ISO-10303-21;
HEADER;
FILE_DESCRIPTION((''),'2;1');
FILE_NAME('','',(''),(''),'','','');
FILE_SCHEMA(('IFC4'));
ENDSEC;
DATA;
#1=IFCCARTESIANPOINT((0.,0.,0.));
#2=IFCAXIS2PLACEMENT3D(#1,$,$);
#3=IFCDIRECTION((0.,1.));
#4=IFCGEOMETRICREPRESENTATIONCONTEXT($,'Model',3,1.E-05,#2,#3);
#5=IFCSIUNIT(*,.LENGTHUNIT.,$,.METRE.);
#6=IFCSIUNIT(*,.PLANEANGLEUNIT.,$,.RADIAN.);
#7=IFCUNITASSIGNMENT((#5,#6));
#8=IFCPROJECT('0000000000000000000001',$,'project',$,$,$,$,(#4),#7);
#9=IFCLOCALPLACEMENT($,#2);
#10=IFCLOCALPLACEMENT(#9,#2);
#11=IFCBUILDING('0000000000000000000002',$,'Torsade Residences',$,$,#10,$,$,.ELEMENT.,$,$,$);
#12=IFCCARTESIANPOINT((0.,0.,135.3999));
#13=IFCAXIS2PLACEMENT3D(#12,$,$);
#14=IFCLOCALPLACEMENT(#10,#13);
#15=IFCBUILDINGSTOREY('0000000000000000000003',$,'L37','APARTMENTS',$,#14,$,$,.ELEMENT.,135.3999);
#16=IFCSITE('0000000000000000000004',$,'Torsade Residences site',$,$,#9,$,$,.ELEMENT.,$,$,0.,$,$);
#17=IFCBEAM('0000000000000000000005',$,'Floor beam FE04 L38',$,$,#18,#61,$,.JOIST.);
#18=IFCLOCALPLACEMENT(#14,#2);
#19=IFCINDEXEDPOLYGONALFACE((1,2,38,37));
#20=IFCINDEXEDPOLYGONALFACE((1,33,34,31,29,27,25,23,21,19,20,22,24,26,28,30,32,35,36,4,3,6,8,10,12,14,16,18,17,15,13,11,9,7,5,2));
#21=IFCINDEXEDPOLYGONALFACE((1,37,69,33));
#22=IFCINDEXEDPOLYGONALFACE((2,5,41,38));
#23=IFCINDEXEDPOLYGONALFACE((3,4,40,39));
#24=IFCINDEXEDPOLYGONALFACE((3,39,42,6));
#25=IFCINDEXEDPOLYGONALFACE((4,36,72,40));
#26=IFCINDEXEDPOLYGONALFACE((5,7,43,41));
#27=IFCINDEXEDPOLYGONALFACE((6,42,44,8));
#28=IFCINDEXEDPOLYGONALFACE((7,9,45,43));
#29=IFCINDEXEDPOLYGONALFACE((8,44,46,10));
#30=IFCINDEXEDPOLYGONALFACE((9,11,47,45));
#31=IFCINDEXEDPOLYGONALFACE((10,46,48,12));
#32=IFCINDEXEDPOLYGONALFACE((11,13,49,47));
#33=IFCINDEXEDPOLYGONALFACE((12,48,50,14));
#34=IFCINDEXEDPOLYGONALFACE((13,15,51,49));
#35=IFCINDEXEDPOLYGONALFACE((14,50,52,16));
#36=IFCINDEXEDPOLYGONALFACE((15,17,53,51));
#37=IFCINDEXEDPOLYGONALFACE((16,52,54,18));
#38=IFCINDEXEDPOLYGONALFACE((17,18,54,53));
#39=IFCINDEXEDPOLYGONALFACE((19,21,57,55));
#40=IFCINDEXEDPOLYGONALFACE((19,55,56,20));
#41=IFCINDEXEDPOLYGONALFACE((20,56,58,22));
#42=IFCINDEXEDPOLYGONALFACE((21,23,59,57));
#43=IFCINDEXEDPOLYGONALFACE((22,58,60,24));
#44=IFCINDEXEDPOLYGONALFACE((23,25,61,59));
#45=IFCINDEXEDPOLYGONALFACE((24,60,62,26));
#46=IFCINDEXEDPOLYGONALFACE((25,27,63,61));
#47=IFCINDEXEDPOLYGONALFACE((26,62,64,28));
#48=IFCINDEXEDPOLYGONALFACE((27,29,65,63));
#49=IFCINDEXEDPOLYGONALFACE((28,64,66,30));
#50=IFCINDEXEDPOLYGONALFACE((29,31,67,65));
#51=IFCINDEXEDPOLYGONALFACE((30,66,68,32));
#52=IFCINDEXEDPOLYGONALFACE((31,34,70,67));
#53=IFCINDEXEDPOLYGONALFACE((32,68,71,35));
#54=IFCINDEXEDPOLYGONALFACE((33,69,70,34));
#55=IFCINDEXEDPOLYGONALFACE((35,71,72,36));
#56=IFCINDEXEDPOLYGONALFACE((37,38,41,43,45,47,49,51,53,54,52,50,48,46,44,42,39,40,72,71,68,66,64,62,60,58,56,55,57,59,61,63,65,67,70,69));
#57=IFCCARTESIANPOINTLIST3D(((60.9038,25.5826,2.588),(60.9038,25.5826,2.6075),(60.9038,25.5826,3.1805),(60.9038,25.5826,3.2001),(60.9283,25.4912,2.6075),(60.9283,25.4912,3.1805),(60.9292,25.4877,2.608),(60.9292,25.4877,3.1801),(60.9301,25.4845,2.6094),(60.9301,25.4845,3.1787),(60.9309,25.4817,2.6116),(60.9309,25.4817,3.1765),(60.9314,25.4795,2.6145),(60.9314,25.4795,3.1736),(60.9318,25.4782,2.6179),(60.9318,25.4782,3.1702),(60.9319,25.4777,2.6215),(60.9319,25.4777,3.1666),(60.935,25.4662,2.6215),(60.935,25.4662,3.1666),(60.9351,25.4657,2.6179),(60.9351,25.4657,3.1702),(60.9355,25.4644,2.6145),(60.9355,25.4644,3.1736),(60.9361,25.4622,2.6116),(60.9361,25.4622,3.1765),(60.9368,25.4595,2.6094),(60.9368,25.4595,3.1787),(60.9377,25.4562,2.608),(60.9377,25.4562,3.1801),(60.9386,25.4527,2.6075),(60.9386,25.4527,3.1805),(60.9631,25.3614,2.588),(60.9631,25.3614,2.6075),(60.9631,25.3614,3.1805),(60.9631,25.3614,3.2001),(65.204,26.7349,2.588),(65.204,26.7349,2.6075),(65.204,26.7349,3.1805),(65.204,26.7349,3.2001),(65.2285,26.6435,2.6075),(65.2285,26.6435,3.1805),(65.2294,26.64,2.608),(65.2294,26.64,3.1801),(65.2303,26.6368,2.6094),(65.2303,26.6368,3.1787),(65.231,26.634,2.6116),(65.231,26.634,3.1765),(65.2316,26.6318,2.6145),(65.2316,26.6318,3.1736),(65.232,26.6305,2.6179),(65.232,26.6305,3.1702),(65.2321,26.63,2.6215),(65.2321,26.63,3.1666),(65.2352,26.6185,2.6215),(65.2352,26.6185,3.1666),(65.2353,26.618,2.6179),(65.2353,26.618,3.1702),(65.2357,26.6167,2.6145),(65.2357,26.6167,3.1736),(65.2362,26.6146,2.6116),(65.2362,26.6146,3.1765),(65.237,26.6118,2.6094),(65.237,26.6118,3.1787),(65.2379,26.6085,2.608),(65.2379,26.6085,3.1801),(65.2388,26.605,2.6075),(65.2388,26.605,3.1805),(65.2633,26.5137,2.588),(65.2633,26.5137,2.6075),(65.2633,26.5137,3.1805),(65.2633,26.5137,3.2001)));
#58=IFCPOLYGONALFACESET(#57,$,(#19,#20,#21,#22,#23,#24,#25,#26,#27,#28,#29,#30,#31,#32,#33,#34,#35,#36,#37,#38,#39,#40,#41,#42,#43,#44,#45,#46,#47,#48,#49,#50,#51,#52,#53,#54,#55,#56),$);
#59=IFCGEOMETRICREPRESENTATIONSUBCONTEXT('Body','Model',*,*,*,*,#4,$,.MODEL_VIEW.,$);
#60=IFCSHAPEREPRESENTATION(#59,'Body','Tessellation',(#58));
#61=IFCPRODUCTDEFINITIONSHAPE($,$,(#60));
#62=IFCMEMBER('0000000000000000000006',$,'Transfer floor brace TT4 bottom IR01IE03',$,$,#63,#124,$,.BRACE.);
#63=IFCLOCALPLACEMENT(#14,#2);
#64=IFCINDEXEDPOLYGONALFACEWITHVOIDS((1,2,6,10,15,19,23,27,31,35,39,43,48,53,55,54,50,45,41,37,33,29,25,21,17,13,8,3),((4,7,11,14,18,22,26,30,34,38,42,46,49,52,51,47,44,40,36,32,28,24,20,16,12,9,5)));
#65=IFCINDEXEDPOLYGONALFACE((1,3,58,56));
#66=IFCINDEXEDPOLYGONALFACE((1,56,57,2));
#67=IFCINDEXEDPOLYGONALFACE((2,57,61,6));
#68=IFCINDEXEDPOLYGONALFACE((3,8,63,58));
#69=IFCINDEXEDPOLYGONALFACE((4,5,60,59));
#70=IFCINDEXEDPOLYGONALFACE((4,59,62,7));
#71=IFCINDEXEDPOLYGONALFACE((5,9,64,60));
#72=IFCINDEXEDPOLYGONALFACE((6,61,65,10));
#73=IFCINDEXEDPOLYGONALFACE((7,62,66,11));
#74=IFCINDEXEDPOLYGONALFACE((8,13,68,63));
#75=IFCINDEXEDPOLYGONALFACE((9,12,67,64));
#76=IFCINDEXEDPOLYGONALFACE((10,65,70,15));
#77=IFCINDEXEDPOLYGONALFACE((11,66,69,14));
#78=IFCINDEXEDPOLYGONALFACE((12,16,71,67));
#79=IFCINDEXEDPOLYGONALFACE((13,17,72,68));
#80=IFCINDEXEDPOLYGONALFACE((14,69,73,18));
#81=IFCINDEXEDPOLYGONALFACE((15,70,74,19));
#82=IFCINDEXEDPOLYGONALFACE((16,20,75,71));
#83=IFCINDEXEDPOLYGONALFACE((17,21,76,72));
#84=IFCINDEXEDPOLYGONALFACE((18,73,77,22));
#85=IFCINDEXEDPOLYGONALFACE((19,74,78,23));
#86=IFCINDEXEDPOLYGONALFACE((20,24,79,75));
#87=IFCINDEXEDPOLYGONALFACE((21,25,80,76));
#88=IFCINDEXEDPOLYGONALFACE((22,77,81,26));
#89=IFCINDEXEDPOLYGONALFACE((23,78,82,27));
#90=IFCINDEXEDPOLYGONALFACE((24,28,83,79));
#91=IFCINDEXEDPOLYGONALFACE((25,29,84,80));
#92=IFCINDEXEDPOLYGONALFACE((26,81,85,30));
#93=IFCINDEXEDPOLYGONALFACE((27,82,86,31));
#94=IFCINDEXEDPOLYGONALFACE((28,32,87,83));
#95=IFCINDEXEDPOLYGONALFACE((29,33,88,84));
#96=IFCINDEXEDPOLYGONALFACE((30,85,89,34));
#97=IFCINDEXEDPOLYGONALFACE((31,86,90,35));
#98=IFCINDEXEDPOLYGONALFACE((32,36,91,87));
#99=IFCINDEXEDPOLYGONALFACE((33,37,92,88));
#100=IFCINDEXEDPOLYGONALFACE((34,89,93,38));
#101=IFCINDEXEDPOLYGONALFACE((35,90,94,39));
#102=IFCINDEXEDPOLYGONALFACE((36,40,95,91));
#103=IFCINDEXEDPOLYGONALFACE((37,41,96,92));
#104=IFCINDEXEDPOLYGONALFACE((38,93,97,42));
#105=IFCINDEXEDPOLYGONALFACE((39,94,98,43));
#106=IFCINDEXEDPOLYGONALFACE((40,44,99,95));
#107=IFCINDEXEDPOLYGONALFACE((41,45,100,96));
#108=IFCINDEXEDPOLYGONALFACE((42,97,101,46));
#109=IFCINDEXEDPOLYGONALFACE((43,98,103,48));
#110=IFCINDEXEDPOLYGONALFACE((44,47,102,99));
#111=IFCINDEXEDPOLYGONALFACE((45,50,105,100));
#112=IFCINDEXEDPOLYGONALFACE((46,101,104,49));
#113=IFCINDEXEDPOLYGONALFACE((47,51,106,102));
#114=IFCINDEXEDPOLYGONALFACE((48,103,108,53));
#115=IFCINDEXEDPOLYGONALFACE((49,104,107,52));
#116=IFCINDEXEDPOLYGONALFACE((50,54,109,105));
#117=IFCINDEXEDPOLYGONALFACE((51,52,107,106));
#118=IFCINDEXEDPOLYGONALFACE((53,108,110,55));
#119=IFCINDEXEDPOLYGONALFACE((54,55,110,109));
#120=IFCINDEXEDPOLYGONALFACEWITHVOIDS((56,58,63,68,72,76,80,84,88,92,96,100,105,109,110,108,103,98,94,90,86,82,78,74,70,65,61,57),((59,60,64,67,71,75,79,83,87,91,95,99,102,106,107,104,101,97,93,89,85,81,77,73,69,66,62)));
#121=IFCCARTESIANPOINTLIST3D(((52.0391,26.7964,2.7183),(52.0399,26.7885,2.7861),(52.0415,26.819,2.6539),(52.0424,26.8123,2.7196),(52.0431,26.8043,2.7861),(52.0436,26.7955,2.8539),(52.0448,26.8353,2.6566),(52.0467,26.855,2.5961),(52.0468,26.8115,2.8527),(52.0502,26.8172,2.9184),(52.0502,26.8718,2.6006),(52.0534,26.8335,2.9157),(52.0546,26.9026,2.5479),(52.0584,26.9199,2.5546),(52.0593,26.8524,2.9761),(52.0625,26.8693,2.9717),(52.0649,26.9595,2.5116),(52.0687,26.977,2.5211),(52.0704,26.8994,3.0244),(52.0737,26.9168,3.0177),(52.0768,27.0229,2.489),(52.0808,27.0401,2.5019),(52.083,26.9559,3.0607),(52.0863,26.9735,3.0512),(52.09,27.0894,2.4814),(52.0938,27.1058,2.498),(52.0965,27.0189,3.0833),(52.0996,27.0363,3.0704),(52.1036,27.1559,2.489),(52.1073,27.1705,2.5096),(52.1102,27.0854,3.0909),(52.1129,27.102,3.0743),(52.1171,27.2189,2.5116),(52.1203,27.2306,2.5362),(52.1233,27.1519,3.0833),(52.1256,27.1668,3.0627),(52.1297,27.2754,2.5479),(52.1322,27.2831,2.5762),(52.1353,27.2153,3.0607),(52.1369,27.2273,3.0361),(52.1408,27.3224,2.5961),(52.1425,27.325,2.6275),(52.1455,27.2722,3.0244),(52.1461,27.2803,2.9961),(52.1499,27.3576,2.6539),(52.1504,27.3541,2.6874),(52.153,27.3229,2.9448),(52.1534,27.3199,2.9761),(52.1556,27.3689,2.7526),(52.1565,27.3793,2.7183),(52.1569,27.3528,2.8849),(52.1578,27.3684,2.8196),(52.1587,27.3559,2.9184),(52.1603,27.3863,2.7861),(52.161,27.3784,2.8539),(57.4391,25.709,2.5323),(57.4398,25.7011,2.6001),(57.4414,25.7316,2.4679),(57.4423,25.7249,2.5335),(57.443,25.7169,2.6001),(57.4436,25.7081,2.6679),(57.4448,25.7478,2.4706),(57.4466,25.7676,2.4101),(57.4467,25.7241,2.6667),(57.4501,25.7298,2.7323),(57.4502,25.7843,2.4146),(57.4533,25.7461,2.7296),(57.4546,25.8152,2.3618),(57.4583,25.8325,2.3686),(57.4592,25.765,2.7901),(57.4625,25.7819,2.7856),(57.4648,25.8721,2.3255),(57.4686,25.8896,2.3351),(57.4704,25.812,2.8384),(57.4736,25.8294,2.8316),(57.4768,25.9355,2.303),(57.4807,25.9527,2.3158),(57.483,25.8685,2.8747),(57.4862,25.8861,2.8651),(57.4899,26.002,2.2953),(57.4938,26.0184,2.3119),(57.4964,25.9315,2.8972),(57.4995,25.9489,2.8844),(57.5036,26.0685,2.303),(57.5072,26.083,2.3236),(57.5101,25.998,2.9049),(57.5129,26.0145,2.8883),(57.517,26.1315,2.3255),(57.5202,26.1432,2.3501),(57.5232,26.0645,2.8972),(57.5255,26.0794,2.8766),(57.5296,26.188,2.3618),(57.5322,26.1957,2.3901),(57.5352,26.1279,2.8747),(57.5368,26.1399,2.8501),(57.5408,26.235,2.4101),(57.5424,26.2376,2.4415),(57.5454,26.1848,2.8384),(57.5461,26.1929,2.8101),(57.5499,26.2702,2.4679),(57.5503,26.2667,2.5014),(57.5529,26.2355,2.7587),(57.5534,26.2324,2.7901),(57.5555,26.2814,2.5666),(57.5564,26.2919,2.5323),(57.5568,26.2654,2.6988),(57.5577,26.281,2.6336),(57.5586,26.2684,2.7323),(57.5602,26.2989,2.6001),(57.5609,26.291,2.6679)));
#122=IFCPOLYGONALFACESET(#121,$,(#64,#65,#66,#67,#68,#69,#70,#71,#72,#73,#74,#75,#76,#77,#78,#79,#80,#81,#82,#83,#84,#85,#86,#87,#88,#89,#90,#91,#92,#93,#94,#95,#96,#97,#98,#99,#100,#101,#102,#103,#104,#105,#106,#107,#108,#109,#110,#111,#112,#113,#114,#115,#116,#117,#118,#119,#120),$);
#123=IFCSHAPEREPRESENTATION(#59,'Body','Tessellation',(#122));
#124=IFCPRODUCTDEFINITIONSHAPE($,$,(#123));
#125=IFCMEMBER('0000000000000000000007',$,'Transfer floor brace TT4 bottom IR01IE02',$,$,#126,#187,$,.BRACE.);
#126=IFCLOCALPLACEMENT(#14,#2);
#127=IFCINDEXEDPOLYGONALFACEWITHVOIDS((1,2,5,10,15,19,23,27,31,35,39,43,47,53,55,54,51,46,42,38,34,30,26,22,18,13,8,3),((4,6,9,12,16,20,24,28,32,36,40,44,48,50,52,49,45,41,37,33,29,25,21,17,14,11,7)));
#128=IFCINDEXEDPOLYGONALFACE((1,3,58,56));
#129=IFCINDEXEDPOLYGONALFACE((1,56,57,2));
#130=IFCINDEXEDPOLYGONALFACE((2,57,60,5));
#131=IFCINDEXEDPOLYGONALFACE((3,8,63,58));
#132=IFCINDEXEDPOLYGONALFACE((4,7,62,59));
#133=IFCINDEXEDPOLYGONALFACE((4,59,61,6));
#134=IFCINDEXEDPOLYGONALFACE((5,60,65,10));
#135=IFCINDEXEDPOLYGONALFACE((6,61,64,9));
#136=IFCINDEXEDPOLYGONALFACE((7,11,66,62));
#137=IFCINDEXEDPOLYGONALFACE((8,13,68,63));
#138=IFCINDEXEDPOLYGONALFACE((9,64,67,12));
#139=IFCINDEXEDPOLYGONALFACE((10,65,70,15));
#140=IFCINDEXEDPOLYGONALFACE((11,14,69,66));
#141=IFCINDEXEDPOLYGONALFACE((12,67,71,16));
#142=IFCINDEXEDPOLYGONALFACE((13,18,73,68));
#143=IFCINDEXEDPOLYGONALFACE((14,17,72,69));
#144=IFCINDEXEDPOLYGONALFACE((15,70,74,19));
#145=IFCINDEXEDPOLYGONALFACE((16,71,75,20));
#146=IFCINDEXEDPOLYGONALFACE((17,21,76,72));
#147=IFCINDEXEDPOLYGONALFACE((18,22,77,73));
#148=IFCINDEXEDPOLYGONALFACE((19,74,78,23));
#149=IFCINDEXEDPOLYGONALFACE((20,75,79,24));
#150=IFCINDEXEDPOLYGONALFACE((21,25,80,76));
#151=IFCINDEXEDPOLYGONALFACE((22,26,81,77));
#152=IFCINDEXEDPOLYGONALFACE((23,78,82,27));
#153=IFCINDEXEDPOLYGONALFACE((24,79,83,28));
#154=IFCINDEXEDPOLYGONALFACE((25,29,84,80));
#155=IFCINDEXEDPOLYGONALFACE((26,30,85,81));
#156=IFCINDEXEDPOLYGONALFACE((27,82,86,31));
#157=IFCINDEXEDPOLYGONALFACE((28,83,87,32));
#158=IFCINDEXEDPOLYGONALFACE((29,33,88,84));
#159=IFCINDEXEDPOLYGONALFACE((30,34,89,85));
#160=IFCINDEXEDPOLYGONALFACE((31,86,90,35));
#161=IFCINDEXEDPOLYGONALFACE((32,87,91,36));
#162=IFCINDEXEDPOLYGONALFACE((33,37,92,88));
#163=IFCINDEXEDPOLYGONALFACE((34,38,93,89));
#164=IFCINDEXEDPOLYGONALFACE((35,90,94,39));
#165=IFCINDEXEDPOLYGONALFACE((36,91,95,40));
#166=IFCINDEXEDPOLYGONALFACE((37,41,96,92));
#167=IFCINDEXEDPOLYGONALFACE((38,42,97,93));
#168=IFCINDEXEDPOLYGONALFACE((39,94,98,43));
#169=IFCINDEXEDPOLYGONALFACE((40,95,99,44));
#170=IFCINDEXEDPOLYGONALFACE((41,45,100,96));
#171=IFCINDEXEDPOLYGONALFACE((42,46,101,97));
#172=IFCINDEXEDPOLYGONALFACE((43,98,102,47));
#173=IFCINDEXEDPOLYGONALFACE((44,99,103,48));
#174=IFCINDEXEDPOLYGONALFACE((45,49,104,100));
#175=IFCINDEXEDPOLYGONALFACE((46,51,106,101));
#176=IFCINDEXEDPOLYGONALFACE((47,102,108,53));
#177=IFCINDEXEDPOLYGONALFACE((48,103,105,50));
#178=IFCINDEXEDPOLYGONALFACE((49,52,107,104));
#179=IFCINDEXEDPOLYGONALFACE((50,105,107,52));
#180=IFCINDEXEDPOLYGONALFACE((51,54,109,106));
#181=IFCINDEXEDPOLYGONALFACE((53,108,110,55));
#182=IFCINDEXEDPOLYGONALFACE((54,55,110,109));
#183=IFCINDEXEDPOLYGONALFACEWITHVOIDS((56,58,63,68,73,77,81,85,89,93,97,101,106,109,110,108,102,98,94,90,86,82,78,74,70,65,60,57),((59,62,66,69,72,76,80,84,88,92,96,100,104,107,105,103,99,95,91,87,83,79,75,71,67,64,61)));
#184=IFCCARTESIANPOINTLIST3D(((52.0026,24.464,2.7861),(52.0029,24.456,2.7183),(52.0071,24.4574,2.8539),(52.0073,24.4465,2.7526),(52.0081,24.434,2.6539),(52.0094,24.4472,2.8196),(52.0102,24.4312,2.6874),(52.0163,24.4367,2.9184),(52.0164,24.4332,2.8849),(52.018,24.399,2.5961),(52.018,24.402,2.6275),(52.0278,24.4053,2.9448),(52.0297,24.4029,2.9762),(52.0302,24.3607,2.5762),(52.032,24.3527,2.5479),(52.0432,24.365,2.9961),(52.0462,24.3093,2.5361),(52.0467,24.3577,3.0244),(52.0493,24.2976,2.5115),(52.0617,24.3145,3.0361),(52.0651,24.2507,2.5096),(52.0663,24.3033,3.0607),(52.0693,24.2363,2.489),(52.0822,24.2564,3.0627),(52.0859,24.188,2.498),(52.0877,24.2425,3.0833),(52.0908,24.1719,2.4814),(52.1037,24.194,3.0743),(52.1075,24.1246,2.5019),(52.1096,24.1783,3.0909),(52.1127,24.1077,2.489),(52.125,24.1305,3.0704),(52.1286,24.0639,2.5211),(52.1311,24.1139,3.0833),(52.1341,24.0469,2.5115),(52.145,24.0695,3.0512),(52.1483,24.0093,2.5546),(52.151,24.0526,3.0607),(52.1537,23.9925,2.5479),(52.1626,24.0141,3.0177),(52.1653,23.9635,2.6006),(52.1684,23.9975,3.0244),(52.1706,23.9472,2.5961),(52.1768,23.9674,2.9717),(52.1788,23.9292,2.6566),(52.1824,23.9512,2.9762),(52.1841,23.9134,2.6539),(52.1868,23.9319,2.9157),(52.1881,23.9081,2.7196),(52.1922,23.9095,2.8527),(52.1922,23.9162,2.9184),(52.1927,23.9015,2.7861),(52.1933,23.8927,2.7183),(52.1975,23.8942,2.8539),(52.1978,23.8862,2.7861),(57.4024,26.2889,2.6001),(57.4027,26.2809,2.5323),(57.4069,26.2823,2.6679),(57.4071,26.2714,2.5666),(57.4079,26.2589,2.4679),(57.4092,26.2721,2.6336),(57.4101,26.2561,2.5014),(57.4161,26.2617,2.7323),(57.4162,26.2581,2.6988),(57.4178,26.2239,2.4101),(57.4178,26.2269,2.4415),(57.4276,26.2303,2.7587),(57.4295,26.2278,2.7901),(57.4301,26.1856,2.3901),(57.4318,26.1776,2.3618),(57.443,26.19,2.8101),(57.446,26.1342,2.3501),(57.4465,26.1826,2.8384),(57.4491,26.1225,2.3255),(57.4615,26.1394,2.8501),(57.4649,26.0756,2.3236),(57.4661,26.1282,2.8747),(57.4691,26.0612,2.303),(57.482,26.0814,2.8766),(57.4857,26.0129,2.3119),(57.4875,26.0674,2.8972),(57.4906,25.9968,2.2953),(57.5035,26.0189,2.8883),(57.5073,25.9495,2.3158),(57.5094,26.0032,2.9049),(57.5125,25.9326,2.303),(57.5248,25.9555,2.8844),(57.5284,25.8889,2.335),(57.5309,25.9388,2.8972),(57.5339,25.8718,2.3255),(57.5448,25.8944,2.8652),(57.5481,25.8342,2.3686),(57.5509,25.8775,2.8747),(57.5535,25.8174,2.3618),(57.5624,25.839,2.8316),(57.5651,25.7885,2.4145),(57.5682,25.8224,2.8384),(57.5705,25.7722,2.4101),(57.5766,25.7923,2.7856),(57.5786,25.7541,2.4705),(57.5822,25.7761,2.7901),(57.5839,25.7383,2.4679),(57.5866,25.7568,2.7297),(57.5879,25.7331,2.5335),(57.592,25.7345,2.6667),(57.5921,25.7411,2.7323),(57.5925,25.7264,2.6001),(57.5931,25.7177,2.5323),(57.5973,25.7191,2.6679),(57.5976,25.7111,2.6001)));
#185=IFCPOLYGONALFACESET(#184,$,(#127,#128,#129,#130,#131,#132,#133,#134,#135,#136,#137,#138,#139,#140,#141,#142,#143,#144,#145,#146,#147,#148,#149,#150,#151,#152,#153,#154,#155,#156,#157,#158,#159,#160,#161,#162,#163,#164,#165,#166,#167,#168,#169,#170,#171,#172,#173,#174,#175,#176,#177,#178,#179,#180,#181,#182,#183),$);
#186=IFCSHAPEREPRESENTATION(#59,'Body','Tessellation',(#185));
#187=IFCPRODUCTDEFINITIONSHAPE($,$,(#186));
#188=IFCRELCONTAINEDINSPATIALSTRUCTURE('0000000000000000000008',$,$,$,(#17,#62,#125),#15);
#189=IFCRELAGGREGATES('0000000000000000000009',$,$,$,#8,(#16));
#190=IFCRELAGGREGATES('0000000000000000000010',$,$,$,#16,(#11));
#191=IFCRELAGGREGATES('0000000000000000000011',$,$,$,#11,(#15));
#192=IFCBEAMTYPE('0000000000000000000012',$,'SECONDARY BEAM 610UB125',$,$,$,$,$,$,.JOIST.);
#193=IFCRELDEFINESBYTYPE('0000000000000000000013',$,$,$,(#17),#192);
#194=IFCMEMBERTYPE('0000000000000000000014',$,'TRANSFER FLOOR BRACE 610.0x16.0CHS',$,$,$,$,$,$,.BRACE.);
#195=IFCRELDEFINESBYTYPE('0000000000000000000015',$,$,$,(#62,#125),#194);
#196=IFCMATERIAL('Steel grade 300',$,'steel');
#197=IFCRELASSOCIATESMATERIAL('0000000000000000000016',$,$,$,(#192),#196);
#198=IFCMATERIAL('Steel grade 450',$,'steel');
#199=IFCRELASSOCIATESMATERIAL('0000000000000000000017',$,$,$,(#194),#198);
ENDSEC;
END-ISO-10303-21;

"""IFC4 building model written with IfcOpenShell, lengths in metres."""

from ifc_helpers import new_model, si_unit, direction, frame, origin, origin_2d, place, context, subcontext, project, spatial, hollow_circle, i_section, extrude, material, material_profile, profile_set, type_object, element, save


model = new_model("IFC4")

# Units and contexts
model_context = context("Model", 3, precision=1e-05, world=origin(), true_north=direction((0.0, 1.0)))
body_context = subcontext(model_context, "Body", "Model", "MODEL_VIEW")
ifc_project = project(units=[si_unit("LENGTHUNIT", "METRE"), si_unit("PLANEANGLEUNIT", "RADIAN")], contexts=[model_context])

# Site, building, storey
site_placement = place(None, origin())
site = spatial("IfcSite", under=ifc_project, at=site_placement, Name="Torsade Residences site", CompositionType="ELEMENT", RefElevation=0.0)
building_placement = place(site_placement, origin())
building = spatial("IfcBuilding", under=site, at=building_placement, Name="Torsade Residences", CompositionType="ELEMENT")
storey_placement = place(building_placement, frame((0.0, 0.0, 135.3999)))
storey = spatial("IfcBuildingStorey", under=building, at=storey_placement, Name="L37", Description="APARTMENTS", CompositionType="ELEMENT", Elevation=135.3999)

# Beam
ifc_material_1 = material(Name="Steel grade 300", Category="steel")
ifc_material_profile_1 = material_profile(ifc_material_1, i_section(OverallWidth=0.229, OverallDepth=0.6121, WebThickness=0.012, FlangeThickness=0.0195, FilletRadius=0.0139, at=origin_2d()), Name="610UB125")
ifc_profile_set_1 = profile_set([ifc_material_profile_1], Name="Steel grade 300")
beam_type_1 = type_object("IfcBeamType", Name="SECONDARY BEAM 610UB125", PredefinedType="JOIST", material=ifc_profile_set_1)
beam_1_placement = place(storey_placement, frame((65.2336, 26.6243, 2.894), z_axis=(-0.965921, -0.258837, 0.0), x_axis=(0.258837, -0.965921, 0.0)))
element("IfcBeam", 1, at=beam_1_placement, inside=storey, type_object=beam_type_1, Name="Floor beam FE04 L38", PredefinedType="JOIST", context=body_context, shape_type="SweptSolid", body=[
    extrude(i_section(OverallWidth=0.229, OverallDepth=0.6121, WebThickness=0.012, FlangeThickness=0.0195, FilletRadius=0.0139, at=origin_2d()), origin(), (0.0, 0.0, 1.0), 4.4519),
])

# Members
ifc_material_2 = material(Name="Steel grade 450", Category="steel")
ifc_material_profile_2 = material_profile(ifc_material_2, hollow_circle(Radius=0.3049, WallThickness=0.0161, at=origin_2d()), Name="610.0x16.0CHS")
ifc_profile_set_2 = profile_set([ifc_material_profile_2], Name="Steel grade 450")
member_type_1 = type_object("IfcMemberType", Name="TRANSFER FLOOR BRACE 610.0x16.0CHS", PredefinedType="BRACE", material=ifc_profile_set_2)
member_1_placement = place(storey_placement, frame((57.5, 26.0, 2.6001), z_axis=(-0.979762, 0.197299, 0.033754), x_axis=(-0.197412, -0.980321, 0.0)))
element("IfcMember", 2, at=member_1_placement, inside=storey, type_object=member_type_1, Name="Transfer floor brace TT4 bottom IR01IE03", PredefinedType="BRACE", context=body_context, shape_type="SweptSolid", body=[
    extrude(hollow_circle(Radius=0.3049, WallThickness=0.0161, at=origin_2d()), origin(), (0.0, 0.0, 1.0), 5.5115),
])
member_2_placement = place(storey_placement, frame((57.5, 26.0, 2.6001), z_axis=(-0.946856, -0.319999, 0.032621), x_axis=(0.32017, -0.94736, 0.0)))
element("IfcMember", 3, at=member_2_placement, inside=storey, type_object=member_type_1, Name="Transfer floor brace TT4 bottom IR01IE02", PredefinedType="BRACE", context=body_context, shape_type="SweptSolid", body=[
    extrude(hollow_circle(Radius=0.3049, WallThickness=0.0161, at=origin_2d()), origin(), (0.0, 0.0, 1.0), 5.7029),
])

save(model, "model.ifc")
